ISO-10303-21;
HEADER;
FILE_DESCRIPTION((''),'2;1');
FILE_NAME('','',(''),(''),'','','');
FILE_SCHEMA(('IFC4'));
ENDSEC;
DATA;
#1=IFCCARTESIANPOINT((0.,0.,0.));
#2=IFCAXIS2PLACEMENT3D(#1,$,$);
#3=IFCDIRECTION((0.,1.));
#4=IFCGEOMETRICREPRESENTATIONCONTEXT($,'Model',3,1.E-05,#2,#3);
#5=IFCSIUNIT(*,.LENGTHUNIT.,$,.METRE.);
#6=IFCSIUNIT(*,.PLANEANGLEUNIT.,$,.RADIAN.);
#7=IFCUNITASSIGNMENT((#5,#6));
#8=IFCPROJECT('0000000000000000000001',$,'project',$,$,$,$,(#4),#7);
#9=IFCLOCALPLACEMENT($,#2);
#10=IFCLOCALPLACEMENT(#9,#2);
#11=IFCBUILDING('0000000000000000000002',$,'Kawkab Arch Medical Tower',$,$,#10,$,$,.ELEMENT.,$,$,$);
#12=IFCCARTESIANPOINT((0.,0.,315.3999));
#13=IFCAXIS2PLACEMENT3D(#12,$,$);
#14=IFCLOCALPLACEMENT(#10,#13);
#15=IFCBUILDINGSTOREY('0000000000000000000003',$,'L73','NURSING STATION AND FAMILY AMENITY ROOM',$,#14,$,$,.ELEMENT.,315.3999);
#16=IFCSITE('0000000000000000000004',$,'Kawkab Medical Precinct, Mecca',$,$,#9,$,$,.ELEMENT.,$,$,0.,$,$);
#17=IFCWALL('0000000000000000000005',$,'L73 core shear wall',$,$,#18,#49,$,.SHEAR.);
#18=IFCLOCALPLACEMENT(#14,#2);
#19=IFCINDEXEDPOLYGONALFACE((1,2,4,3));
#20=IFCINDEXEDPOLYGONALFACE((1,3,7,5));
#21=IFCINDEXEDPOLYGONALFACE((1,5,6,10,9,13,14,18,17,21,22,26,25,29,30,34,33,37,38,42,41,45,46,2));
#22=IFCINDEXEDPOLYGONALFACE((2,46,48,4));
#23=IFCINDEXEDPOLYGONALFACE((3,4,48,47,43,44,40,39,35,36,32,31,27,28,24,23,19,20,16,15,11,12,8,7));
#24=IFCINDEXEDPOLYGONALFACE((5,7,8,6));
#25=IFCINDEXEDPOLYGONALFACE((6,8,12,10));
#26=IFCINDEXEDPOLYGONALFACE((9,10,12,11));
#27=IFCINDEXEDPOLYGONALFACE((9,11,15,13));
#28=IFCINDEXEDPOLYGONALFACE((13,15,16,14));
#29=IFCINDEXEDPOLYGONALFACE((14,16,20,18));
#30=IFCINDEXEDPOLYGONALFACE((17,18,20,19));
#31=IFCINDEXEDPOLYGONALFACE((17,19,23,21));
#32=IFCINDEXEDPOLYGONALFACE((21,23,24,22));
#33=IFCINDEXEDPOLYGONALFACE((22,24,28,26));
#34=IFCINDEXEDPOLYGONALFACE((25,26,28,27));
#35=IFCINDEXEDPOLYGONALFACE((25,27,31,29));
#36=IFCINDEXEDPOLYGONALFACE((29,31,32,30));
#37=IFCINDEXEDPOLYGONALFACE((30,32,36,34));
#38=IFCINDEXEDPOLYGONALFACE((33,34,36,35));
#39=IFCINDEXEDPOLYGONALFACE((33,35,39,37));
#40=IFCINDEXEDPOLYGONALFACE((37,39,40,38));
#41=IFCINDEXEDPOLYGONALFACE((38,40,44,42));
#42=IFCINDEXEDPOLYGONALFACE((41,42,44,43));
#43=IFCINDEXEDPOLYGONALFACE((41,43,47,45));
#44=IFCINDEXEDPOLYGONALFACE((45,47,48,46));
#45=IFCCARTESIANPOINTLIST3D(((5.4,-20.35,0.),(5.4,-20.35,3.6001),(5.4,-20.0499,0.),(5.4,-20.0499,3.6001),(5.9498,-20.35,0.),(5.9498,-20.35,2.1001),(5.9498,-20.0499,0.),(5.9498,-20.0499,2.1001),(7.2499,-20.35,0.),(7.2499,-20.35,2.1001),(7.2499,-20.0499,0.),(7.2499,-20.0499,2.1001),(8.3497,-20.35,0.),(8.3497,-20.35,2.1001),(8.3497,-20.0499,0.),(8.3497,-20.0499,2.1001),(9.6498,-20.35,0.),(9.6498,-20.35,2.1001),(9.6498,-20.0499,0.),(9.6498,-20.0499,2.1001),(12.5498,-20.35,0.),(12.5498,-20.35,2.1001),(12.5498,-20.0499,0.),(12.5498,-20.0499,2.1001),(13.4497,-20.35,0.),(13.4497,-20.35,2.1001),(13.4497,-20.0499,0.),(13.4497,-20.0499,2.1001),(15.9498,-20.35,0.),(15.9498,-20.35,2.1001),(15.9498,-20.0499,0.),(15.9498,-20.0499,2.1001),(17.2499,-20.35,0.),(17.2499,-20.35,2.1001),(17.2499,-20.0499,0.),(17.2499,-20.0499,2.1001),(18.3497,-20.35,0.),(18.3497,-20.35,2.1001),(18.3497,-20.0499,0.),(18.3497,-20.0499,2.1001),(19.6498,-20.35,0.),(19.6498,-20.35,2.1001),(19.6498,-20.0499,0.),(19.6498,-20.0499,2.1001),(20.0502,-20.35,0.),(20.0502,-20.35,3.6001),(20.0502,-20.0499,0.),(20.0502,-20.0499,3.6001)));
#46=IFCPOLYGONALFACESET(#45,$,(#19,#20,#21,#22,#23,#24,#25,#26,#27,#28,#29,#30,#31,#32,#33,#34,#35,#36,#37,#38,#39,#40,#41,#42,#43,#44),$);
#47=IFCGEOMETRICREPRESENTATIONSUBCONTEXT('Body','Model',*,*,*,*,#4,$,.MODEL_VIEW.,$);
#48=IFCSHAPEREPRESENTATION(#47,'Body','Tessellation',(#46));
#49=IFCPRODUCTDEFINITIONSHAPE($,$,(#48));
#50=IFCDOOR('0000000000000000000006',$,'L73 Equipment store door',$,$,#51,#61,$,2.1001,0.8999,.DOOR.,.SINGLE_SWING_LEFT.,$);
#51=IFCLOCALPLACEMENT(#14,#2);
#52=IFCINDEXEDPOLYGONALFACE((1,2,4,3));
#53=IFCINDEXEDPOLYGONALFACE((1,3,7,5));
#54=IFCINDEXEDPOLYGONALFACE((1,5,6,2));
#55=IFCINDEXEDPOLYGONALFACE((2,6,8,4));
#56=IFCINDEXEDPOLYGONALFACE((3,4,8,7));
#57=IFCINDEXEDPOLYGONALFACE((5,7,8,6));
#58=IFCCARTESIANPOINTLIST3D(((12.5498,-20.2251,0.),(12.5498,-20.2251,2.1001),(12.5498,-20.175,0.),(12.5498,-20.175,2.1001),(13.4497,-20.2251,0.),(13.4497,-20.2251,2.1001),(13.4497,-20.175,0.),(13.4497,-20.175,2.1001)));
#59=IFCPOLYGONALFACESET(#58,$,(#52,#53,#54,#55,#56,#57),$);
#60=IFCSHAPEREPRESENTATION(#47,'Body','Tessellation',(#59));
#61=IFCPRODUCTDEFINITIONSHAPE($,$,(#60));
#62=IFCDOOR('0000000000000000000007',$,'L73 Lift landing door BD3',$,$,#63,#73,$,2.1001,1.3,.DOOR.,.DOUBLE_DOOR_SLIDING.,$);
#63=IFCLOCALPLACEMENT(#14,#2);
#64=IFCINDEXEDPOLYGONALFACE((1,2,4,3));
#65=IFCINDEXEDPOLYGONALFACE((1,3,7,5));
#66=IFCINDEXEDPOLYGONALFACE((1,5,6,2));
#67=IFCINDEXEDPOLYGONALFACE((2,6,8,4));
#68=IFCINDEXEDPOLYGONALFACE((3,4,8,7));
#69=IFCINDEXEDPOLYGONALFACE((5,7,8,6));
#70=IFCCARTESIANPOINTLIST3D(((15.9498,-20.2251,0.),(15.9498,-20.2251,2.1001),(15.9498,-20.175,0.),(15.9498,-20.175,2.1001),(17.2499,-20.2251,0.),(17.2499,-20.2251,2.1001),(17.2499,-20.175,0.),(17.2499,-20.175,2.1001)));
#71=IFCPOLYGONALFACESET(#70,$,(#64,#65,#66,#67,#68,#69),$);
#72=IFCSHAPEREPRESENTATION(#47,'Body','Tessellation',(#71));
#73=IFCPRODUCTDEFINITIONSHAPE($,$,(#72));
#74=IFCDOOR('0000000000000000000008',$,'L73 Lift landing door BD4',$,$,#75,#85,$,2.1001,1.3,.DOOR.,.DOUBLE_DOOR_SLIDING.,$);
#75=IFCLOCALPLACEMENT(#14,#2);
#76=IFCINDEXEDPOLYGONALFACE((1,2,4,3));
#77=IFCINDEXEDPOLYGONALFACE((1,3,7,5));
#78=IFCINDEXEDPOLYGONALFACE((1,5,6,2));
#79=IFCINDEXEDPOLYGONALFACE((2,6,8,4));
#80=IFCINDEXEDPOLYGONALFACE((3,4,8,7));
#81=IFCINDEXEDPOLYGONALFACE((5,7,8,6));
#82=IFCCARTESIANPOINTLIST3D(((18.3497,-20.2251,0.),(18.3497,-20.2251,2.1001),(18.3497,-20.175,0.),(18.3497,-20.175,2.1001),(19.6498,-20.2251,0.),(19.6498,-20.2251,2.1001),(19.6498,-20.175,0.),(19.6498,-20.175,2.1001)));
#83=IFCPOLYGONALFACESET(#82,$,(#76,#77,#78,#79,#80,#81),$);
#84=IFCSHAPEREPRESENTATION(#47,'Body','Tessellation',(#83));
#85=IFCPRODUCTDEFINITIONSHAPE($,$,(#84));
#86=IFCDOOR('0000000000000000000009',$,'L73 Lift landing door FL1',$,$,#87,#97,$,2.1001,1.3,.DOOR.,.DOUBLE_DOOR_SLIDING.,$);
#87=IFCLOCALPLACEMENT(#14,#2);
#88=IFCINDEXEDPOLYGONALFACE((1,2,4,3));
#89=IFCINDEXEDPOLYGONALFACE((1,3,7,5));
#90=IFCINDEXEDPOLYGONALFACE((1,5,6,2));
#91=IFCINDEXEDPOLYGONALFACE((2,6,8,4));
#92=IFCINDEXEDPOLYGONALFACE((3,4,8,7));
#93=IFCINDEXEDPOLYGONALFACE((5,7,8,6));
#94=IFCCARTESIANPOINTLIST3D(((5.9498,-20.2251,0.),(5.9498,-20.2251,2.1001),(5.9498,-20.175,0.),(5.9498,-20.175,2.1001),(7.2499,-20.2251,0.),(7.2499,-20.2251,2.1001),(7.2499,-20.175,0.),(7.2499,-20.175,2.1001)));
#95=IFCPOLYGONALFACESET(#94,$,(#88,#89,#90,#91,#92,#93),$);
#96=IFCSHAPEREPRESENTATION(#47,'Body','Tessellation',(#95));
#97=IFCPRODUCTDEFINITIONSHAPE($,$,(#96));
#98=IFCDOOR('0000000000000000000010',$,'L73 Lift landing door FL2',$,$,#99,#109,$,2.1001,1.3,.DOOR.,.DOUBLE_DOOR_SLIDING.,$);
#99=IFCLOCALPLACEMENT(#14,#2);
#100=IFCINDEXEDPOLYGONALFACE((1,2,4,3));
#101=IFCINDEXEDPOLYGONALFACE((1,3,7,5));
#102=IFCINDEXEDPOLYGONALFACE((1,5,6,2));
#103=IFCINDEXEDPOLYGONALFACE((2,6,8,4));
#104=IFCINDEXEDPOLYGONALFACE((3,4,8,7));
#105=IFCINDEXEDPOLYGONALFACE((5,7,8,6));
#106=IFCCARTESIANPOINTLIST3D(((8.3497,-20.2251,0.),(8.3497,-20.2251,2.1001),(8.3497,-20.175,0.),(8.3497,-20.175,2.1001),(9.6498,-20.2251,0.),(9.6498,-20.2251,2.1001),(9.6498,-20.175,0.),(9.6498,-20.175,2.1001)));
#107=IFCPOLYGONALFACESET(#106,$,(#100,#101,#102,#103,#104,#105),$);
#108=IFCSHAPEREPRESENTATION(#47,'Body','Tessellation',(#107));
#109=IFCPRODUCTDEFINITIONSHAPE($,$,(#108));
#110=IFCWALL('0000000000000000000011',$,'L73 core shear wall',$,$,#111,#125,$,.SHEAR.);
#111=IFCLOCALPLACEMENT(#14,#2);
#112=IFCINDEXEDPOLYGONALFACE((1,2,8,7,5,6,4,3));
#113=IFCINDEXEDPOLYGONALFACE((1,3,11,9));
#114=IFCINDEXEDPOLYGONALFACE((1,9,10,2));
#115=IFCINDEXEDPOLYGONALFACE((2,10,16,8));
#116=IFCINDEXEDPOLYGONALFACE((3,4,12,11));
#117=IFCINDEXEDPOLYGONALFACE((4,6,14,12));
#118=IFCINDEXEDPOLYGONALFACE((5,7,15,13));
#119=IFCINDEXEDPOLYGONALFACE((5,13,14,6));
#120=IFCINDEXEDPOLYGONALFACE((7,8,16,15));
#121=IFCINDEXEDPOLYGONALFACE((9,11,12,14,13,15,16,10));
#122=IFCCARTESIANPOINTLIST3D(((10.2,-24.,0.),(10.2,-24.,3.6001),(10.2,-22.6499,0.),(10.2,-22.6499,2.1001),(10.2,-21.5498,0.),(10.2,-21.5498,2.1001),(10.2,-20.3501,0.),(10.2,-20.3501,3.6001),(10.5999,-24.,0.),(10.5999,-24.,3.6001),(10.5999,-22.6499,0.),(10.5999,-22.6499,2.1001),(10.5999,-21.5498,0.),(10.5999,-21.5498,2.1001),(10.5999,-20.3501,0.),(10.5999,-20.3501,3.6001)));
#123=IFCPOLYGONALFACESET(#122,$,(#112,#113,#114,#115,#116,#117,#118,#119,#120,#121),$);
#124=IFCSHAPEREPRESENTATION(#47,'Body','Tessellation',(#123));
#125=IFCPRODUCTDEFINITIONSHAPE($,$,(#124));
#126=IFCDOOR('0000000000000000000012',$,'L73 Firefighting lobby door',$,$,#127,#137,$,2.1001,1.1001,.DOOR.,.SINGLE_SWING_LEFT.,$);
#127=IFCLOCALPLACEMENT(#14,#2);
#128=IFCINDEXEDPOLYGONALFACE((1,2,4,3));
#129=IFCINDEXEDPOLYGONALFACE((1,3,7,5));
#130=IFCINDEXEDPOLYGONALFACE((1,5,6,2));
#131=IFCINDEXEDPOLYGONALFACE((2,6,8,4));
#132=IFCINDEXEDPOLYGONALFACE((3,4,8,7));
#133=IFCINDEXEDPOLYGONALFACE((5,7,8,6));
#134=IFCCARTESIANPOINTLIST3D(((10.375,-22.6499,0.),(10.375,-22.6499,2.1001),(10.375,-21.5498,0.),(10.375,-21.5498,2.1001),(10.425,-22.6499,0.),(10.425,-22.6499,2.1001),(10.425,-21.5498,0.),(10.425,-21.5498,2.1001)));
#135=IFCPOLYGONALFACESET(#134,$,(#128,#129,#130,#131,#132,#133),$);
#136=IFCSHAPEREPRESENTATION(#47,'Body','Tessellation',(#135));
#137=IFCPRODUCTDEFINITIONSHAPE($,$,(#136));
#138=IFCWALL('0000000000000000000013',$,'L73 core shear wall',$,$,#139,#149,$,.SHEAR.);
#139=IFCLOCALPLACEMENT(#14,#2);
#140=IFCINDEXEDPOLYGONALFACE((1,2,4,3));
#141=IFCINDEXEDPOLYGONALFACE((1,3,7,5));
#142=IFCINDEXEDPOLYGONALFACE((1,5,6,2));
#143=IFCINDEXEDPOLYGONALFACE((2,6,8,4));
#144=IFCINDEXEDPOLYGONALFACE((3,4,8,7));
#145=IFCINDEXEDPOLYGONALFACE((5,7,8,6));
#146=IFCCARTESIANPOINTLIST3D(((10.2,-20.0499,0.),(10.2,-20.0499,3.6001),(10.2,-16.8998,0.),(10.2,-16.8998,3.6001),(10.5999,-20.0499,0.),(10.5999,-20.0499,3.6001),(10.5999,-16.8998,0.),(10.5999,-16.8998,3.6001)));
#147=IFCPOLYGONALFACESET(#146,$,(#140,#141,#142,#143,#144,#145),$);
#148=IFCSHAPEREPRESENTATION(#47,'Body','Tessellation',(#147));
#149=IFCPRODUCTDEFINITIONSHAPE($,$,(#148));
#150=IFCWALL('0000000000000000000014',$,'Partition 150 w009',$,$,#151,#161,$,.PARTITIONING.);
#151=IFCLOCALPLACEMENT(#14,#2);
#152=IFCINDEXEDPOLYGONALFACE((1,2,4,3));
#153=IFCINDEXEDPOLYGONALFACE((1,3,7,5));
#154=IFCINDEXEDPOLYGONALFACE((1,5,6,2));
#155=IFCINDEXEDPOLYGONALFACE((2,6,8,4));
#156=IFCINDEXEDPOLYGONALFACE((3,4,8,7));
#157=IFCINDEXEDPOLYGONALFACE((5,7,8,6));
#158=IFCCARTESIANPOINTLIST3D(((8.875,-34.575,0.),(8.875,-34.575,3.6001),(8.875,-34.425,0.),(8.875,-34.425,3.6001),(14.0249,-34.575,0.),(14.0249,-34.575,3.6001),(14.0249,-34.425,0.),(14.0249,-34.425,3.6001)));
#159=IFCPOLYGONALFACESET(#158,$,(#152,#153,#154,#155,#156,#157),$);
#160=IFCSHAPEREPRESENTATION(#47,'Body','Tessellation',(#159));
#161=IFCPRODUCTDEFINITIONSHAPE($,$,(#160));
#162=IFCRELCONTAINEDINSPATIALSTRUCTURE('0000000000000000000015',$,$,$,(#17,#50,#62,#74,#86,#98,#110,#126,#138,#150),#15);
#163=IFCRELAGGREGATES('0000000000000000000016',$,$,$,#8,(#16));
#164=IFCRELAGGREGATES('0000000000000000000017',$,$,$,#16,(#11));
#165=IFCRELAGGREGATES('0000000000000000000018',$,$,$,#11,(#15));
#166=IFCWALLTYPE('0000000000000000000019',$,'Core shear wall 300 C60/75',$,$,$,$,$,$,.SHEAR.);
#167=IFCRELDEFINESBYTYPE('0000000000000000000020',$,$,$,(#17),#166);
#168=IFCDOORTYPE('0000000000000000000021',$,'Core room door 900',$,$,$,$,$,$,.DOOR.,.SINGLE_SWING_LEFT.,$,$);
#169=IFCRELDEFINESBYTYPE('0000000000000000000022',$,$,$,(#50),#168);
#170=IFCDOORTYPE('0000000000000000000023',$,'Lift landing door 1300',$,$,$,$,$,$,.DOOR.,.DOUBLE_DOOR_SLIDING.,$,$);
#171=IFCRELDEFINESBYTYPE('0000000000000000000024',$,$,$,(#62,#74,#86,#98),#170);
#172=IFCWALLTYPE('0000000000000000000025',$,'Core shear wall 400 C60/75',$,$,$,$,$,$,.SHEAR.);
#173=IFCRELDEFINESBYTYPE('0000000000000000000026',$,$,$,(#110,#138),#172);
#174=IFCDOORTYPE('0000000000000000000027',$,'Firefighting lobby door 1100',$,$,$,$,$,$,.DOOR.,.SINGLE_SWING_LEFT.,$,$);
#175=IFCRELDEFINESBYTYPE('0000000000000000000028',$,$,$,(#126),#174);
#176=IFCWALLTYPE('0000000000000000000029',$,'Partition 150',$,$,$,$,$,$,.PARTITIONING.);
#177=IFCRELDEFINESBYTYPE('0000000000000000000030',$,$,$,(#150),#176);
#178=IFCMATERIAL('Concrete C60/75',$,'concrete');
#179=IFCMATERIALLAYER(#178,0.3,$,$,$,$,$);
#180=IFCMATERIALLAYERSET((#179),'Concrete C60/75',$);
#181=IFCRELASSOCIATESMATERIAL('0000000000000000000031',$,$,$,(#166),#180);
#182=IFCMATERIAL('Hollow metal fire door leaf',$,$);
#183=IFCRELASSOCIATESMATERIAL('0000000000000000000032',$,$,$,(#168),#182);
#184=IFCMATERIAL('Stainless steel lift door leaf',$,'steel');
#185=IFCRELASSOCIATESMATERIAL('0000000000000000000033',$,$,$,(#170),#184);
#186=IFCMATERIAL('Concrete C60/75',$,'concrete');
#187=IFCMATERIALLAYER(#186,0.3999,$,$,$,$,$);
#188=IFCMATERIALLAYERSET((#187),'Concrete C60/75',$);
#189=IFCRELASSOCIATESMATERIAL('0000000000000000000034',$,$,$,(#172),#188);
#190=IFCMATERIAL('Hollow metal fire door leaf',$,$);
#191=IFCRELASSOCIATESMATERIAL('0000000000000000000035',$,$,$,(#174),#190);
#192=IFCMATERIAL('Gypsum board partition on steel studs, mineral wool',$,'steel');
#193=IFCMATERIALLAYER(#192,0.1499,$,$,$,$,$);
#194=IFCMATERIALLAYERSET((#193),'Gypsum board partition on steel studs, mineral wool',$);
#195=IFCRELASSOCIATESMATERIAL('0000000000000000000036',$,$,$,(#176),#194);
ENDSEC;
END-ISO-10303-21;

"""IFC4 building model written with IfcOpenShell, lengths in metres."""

from ifc_helpers import new_model, si_unit, direction, frame, frame_2d, origin, place, context, subcontext, project, spatial, rectangle, extrude, material, layer, layer_set, type_object, element, fill, save


model = new_model("IFC4")

# Units and contexts
model_context = context("Model", 3, precision=1e-05, world=origin(), true_north=direction((0.0, 1.0)))
body_context = subcontext(model_context, "Body", "Model", "MODEL_VIEW")
ifc_project = project(units=[si_unit("LENGTHUNIT", "METRE"), si_unit("PLANEANGLEUNIT", "RADIAN")], contexts=[model_context])

# Site, building, storey
site_placement = place(None, origin())
site = spatial("IfcSite", under=ifc_project, at=site_placement, Name="Kawkab Medical Precinct, Mecca", CompositionType="ELEMENT", RefElevation=0.0)
building_placement = place(site_placement, origin())
building = spatial("IfcBuilding", under=site, at=building_placement, Name="Kawkab Arch Medical Tower", CompositionType="ELEMENT")
storey_placement = place(building_placement, frame((0.0, 0.0, 315.3999)))
storey = spatial("IfcBuildingStorey", under=building, at=storey_placement, Name="L73", Description="NURSING STATION AND FAMILY AMENITY ROOM", CompositionType="ELEMENT", Elevation=315.3999)

# Wall, openings, doors
ifc_material_1 = material(Name="Concrete C60/75", Category="concrete")
ifc_layer_1 = layer(ifc_material_1, 0.3)
ifc_layer_set_1 = layer_set([ifc_layer_1], Name="Concrete C60/75")
wall_type_1 = type_object("IfcWallType", Name="Core shear wall 300 C60/75", PredefinedType="SHEAR", material=ifc_layer_set_1)
wall_1_placement = place(storey_placement, frame((5.3999, -20.2, 0.0), z_axis=(0.0, 0.0, 1.0), x_axis=(1.0, 0.0, 0.0)))
wall_1 = element("IfcWall", 1, at=wall_1_placement, inside=storey, type_object=wall_type_1, Name="L73 core shear wall", PredefinedType="SHEAR", context=body_context, shape_type="SweptSolid", body=[
    extrude(rectangle(XDim=14.6501, YDim=0.3, at=frame_2d((7.3252, 0.0))), origin(), (0.0, 0.0, 1.0), 3.6001),
])
opening_1_placement = place(wall_1_placement, frame((10.55, 0.0, 0.0)))
opening_1 = element("IfcOpeningElement", 2, at=opening_1_placement, cuts=wall_1, PredefinedType="OPENING", context=body_context, shape_type="SweptSolid", body=[
    extrude(rectangle(XDim=1.3, YDim=2.1001, at=frame_2d((0.6499, 1.05))), frame((0.0, 0.1599, 0.0), z_axis=(0.0, -1.0, 0.0), x_axis=(1.0, 0.0, 0.0)), (0.0, 0.0, 1.0), 0.3201),
])
opening_2_placement = place(wall_1_placement, frame((12.95, 0.0, 0.0)))
opening_2 = element("IfcOpeningElement", 3, at=opening_2_placement, cuts=wall_1, PredefinedType="OPENING", context=body_context, shape_type="SweptSolid", body=[
    extrude(rectangle(XDim=1.3, YDim=2.1001, at=frame_2d((0.6499, 1.05))), frame((0.0, 0.1599, 0.0), z_axis=(0.0, -1.0, 0.0), x_axis=(1.0, 0.0, 0.0)), (0.0, 0.0, 1.0), 0.3201),
])
opening_3_placement = place(wall_1_placement, frame((0.55, 0.0, 0.0)))
opening_3 = element("IfcOpeningElement", 4, at=opening_3_placement, cuts=wall_1, PredefinedType="OPENING", context=body_context, shape_type="SweptSolid", body=[
    extrude(rectangle(XDim=1.3, YDim=2.1001, at=frame_2d((0.6499, 1.05))), frame((0.0, 0.1599, 0.0), z_axis=(0.0, -1.0, 0.0), x_axis=(1.0, 0.0, 0.0)), (0.0, 0.0, 1.0), 0.3201),
])
opening_4_placement = place(wall_1_placement, frame((2.95, 0.0, 0.0)))
opening_4 = element("IfcOpeningElement", 5, at=opening_4_placement, cuts=wall_1, PredefinedType="OPENING", context=body_context, shape_type="SweptSolid", body=[
    extrude(rectangle(XDim=1.3, YDim=2.1001, at=frame_2d((0.6499, 1.05))), frame((0.0, 0.1599, 0.0), z_axis=(0.0, -1.0, 0.0), x_axis=(1.0, 0.0, 0.0)), (0.0, 0.0, 1.0), 0.3201),
])
opening_5_placement = place(wall_1_placement, frame((7.1499, 0.0, 0.0)))
opening_5 = element("IfcOpeningElement", 6, at=opening_5_placement, cuts=wall_1, PredefinedType="OPENING", context=body_context, shape_type="SweptSolid", body=[
    extrude(rectangle(XDim=0.8999, YDim=2.1001, at=frame_2d((0.45, 1.05))), frame((0.0, 0.1599, 0.0), z_axis=(0.0, -1.0, 0.0), x_axis=(1.0, 0.0, 0.0)), (0.0, 0.0, 1.0), 0.3201),
])
ifc_material_2 = material(Name="Hollow metal fire door leaf")
door_type_1 = type_object("IfcDoorType", Name="Core room door 900", OperationType="SINGLE_SWING_LEFT", PredefinedType="DOOR", material=ifc_material_2)
door_1_placement = place(opening_5_placement, origin())
door_1 = element("IfcDoor", 7, at=door_1_placement, inside=storey, type_object=door_type_1, Name="L73 Equipment store door", OperationType="SINGLE_SWING_LEFT", OverallHeight=2.1001, OverallWidth=0.8999, PredefinedType="DOOR", context=body_context, shape_type="SweptSolid", body=[
    extrude(rectangle(XDim=0.8999, YDim=2.1001, at=frame_2d((0.45, 1.05))), frame((0.0, 0.0249, 0.0), z_axis=(0.0, -1.0, 0.0), x_axis=(1.0, 0.0, 0.0)), (0.0, 0.0, 1.0), 0.05),
])
fill(opening_5, door_1)
ifc_material_3 = material(Name="Stainless steel lift door leaf", Category="steel")
door_type_2 = type_object("IfcDoorType", Name="Lift landing door 1300", OperationType="DOUBLE_DOOR_SLIDING", PredefinedType="DOOR", material=ifc_material_3)
door_2_placement = place(opening_1_placement, origin())
door_2 = element("IfcDoor", 8, at=door_2_placement, inside=storey, type_object=door_type_2, Name="L73 Lift landing door BD3", OperationType="DOUBLE_DOOR_SLIDING", OverallHeight=2.1001, OverallWidth=1.3, PredefinedType="DOOR", context=body_context, shape_type="SweptSolid", body=[
    extrude(rectangle(XDim=1.3, YDim=2.1001, at=frame_2d((0.6499, 1.05))), frame((0.0, 0.0249, 0.0), z_axis=(0.0, -1.0, 0.0), x_axis=(1.0, 0.0, 0.0)), (0.0, 0.0, 1.0), 0.05),
])
fill(opening_1, door_2)
door_3_placement = place(opening_2_placement, origin())
door_3 = element("IfcDoor", 9, at=door_3_placement, inside=storey, type_object=door_type_2, Name="L73 Lift landing door BD4", OperationType="DOUBLE_DOOR_SLIDING", OverallHeight=2.1001, OverallWidth=1.3, PredefinedType="DOOR", context=body_context, shape_type="SweptSolid", body=[
    extrude(rectangle(XDim=1.3, YDim=2.1001, at=frame_2d((0.6499, 1.05))), frame((0.0, 0.0249, 0.0), z_axis=(0.0, -1.0, 0.0), x_axis=(1.0, 0.0, 0.0)), (0.0, 0.0, 1.0), 0.05),
])
fill(opening_2, door_3)
door_4_placement = place(opening_3_placement, origin())
door_4 = element("IfcDoor", 10, at=door_4_placement, inside=storey, type_object=door_type_2, Name="L73 Lift landing door FL1", OperationType="DOUBLE_DOOR_SLIDING", OverallHeight=2.1001, OverallWidth=1.3, PredefinedType="DOOR", context=body_context, shape_type="SweptSolid", body=[
    extrude(rectangle(XDim=1.3, YDim=2.1001, at=frame_2d((0.6499, 1.05))), frame((0.0, 0.0249, 0.0), z_axis=(0.0, -1.0, 0.0), x_axis=(1.0, 0.0, 0.0)), (0.0, 0.0, 1.0), 0.05),
])
fill(opening_3, door_4)
door_5_placement = place(opening_4_placement, origin())
door_5 = element("IfcDoor", 11, at=door_5_placement, inside=storey, type_object=door_type_2, Name="L73 Lift landing door FL2", OperationType="DOUBLE_DOOR_SLIDING", OverallHeight=2.1001, OverallWidth=1.3, PredefinedType="DOOR", context=body_context, shape_type="SweptSolid", body=[
    extrude(rectangle(XDim=1.3, YDim=2.1001, at=frame_2d((0.6499, 1.05))), frame((0.0, 0.0249, 0.0), z_axis=(0.0, -1.0, 0.0), x_axis=(1.0, 0.0, 0.0)), (0.0, 0.0, 1.0), 0.05),
])
fill(opening_4, door_5)

# Wall, opening, door
ifc_material_4 = material(Name="Concrete C60/75", Category="concrete")
ifc_layer_2 = layer(ifc_material_4, 0.3999)
ifc_layer_set_2 = layer_set([ifc_layer_2], Name="Concrete C60/75")
wall_type_2 = type_object("IfcWallType", Name="Core shear wall 400 C60/75", PredefinedType="SHEAR", material=ifc_layer_set_2)
wall_2_placement = place(storey_placement, frame((10.3999, -24.0, 0.0), z_axis=(0.0, 0.0, 1.0), x_axis=(0.0, 1.0, 0.0)))
wall_2 = element("IfcWall", 12, at=wall_2_placement, inside=storey, type_object=wall_type_2, Name="L73 core shear wall", PredefinedType="SHEAR", context=body_context, shape_type="SweptSolid", body=[
    extrude(rectangle(XDim=3.6499, YDim=0.3999, at=frame_2d((1.825, 0.0))), origin(), (0.0, 0.0, 1.0), 3.6001),
])
opening_6_placement = place(wall_2_placement, frame((1.3501, 0.0, 0.0)))
opening_6 = element("IfcOpeningElement", 13, at=opening_6_placement, cuts=wall_2, PredefinedType="OPENING", context=body_context, shape_type="SweptSolid", body=[
    extrude(rectangle(XDim=1.1001, YDim=2.1001, at=frame_2d((0.55, 1.05))), frame((0.0, 0.21, 0.0), z_axis=(0.0, -1.0, 0.0), x_axis=(1.0, 0.0, 0.0)), (0.0, 0.0, 1.0), 0.4199),
])
ifc_material_5 = material(Name="Hollow metal fire door leaf")
door_type_3 = type_object("IfcDoorType", Name="Firefighting lobby door 1100", OperationType="SINGLE_SWING_LEFT", PredefinedType="DOOR", material=ifc_material_5)
door_6_placement = place(opening_6_placement, origin())
door_6 = element("IfcDoor", 14, at=door_6_placement, inside=storey, type_object=door_type_3, Name="L73 Firefighting lobby door", OperationType="SINGLE_SWING_LEFT", OverallHeight=2.1001, OverallWidth=1.1001, PredefinedType="DOOR", context=body_context, shape_type="SweptSolid", body=[
    extrude(rectangle(XDim=1.1001, YDim=2.1001, at=frame_2d((0.55, 1.05))), frame((0.0, 0.0249, 0.0), z_axis=(0.0, -1.0, 0.0), x_axis=(1.0, 0.0, 0.0)), (0.0, 0.0, 1.0), 0.05),
])
fill(opening_6, door_6)

# Walls
wall_3_placement = place(storey_placement, frame((10.3999, -20.05, 0.0), z_axis=(0.0, 0.0, 1.0), x_axis=(0.0, 1.0, 0.0)))
element("IfcWall", 15, at=wall_3_placement, inside=storey, type_object=wall_type_2, Name="L73 core shear wall", PredefinedType="SHEAR", context=body_context, shape_type="SweptSolid", body=[
    extrude(rectangle(XDim=3.1501, YDim=0.3999, at=frame_2d((1.5752, 0.0))), origin(), (0.0, 0.0, 1.0), 3.6001),
])
ifc_material_6 = material(Name="Gypsum board partition on steel studs, mineral wool", Category="steel")
ifc_layer_3 = layer(ifc_material_6, 0.1499)
ifc_layer_set_3 = layer_set([ifc_layer_3], Name="Gypsum board partition on steel studs, mineral wool")
wall_type_3 = type_object("IfcWallType", Name="Partition 150", PredefinedType="PARTITIONING", material=ifc_layer_set_3)
wall_4_placement = place(storey_placement, frame((8.875, -34.5, 0.0), z_axis=(0.0, 0.0, 1.0), x_axis=(1.0, 0.0, 0.0)))
element("IfcWall", 16, at=wall_4_placement, inside=storey, type_object=wall_type_3, Name="Partition 150 w009", PredefinedType="PARTITIONING", context=body_context, shape_type="SweptSolid", body=[
    extrude(rectangle(XDim=5.1499, YDim=0.1499, at=frame_2d((2.575, 0.0))), origin(), (0.0, 0.0, 1.0), 3.6001),
])

save(model, "model.ifc")
